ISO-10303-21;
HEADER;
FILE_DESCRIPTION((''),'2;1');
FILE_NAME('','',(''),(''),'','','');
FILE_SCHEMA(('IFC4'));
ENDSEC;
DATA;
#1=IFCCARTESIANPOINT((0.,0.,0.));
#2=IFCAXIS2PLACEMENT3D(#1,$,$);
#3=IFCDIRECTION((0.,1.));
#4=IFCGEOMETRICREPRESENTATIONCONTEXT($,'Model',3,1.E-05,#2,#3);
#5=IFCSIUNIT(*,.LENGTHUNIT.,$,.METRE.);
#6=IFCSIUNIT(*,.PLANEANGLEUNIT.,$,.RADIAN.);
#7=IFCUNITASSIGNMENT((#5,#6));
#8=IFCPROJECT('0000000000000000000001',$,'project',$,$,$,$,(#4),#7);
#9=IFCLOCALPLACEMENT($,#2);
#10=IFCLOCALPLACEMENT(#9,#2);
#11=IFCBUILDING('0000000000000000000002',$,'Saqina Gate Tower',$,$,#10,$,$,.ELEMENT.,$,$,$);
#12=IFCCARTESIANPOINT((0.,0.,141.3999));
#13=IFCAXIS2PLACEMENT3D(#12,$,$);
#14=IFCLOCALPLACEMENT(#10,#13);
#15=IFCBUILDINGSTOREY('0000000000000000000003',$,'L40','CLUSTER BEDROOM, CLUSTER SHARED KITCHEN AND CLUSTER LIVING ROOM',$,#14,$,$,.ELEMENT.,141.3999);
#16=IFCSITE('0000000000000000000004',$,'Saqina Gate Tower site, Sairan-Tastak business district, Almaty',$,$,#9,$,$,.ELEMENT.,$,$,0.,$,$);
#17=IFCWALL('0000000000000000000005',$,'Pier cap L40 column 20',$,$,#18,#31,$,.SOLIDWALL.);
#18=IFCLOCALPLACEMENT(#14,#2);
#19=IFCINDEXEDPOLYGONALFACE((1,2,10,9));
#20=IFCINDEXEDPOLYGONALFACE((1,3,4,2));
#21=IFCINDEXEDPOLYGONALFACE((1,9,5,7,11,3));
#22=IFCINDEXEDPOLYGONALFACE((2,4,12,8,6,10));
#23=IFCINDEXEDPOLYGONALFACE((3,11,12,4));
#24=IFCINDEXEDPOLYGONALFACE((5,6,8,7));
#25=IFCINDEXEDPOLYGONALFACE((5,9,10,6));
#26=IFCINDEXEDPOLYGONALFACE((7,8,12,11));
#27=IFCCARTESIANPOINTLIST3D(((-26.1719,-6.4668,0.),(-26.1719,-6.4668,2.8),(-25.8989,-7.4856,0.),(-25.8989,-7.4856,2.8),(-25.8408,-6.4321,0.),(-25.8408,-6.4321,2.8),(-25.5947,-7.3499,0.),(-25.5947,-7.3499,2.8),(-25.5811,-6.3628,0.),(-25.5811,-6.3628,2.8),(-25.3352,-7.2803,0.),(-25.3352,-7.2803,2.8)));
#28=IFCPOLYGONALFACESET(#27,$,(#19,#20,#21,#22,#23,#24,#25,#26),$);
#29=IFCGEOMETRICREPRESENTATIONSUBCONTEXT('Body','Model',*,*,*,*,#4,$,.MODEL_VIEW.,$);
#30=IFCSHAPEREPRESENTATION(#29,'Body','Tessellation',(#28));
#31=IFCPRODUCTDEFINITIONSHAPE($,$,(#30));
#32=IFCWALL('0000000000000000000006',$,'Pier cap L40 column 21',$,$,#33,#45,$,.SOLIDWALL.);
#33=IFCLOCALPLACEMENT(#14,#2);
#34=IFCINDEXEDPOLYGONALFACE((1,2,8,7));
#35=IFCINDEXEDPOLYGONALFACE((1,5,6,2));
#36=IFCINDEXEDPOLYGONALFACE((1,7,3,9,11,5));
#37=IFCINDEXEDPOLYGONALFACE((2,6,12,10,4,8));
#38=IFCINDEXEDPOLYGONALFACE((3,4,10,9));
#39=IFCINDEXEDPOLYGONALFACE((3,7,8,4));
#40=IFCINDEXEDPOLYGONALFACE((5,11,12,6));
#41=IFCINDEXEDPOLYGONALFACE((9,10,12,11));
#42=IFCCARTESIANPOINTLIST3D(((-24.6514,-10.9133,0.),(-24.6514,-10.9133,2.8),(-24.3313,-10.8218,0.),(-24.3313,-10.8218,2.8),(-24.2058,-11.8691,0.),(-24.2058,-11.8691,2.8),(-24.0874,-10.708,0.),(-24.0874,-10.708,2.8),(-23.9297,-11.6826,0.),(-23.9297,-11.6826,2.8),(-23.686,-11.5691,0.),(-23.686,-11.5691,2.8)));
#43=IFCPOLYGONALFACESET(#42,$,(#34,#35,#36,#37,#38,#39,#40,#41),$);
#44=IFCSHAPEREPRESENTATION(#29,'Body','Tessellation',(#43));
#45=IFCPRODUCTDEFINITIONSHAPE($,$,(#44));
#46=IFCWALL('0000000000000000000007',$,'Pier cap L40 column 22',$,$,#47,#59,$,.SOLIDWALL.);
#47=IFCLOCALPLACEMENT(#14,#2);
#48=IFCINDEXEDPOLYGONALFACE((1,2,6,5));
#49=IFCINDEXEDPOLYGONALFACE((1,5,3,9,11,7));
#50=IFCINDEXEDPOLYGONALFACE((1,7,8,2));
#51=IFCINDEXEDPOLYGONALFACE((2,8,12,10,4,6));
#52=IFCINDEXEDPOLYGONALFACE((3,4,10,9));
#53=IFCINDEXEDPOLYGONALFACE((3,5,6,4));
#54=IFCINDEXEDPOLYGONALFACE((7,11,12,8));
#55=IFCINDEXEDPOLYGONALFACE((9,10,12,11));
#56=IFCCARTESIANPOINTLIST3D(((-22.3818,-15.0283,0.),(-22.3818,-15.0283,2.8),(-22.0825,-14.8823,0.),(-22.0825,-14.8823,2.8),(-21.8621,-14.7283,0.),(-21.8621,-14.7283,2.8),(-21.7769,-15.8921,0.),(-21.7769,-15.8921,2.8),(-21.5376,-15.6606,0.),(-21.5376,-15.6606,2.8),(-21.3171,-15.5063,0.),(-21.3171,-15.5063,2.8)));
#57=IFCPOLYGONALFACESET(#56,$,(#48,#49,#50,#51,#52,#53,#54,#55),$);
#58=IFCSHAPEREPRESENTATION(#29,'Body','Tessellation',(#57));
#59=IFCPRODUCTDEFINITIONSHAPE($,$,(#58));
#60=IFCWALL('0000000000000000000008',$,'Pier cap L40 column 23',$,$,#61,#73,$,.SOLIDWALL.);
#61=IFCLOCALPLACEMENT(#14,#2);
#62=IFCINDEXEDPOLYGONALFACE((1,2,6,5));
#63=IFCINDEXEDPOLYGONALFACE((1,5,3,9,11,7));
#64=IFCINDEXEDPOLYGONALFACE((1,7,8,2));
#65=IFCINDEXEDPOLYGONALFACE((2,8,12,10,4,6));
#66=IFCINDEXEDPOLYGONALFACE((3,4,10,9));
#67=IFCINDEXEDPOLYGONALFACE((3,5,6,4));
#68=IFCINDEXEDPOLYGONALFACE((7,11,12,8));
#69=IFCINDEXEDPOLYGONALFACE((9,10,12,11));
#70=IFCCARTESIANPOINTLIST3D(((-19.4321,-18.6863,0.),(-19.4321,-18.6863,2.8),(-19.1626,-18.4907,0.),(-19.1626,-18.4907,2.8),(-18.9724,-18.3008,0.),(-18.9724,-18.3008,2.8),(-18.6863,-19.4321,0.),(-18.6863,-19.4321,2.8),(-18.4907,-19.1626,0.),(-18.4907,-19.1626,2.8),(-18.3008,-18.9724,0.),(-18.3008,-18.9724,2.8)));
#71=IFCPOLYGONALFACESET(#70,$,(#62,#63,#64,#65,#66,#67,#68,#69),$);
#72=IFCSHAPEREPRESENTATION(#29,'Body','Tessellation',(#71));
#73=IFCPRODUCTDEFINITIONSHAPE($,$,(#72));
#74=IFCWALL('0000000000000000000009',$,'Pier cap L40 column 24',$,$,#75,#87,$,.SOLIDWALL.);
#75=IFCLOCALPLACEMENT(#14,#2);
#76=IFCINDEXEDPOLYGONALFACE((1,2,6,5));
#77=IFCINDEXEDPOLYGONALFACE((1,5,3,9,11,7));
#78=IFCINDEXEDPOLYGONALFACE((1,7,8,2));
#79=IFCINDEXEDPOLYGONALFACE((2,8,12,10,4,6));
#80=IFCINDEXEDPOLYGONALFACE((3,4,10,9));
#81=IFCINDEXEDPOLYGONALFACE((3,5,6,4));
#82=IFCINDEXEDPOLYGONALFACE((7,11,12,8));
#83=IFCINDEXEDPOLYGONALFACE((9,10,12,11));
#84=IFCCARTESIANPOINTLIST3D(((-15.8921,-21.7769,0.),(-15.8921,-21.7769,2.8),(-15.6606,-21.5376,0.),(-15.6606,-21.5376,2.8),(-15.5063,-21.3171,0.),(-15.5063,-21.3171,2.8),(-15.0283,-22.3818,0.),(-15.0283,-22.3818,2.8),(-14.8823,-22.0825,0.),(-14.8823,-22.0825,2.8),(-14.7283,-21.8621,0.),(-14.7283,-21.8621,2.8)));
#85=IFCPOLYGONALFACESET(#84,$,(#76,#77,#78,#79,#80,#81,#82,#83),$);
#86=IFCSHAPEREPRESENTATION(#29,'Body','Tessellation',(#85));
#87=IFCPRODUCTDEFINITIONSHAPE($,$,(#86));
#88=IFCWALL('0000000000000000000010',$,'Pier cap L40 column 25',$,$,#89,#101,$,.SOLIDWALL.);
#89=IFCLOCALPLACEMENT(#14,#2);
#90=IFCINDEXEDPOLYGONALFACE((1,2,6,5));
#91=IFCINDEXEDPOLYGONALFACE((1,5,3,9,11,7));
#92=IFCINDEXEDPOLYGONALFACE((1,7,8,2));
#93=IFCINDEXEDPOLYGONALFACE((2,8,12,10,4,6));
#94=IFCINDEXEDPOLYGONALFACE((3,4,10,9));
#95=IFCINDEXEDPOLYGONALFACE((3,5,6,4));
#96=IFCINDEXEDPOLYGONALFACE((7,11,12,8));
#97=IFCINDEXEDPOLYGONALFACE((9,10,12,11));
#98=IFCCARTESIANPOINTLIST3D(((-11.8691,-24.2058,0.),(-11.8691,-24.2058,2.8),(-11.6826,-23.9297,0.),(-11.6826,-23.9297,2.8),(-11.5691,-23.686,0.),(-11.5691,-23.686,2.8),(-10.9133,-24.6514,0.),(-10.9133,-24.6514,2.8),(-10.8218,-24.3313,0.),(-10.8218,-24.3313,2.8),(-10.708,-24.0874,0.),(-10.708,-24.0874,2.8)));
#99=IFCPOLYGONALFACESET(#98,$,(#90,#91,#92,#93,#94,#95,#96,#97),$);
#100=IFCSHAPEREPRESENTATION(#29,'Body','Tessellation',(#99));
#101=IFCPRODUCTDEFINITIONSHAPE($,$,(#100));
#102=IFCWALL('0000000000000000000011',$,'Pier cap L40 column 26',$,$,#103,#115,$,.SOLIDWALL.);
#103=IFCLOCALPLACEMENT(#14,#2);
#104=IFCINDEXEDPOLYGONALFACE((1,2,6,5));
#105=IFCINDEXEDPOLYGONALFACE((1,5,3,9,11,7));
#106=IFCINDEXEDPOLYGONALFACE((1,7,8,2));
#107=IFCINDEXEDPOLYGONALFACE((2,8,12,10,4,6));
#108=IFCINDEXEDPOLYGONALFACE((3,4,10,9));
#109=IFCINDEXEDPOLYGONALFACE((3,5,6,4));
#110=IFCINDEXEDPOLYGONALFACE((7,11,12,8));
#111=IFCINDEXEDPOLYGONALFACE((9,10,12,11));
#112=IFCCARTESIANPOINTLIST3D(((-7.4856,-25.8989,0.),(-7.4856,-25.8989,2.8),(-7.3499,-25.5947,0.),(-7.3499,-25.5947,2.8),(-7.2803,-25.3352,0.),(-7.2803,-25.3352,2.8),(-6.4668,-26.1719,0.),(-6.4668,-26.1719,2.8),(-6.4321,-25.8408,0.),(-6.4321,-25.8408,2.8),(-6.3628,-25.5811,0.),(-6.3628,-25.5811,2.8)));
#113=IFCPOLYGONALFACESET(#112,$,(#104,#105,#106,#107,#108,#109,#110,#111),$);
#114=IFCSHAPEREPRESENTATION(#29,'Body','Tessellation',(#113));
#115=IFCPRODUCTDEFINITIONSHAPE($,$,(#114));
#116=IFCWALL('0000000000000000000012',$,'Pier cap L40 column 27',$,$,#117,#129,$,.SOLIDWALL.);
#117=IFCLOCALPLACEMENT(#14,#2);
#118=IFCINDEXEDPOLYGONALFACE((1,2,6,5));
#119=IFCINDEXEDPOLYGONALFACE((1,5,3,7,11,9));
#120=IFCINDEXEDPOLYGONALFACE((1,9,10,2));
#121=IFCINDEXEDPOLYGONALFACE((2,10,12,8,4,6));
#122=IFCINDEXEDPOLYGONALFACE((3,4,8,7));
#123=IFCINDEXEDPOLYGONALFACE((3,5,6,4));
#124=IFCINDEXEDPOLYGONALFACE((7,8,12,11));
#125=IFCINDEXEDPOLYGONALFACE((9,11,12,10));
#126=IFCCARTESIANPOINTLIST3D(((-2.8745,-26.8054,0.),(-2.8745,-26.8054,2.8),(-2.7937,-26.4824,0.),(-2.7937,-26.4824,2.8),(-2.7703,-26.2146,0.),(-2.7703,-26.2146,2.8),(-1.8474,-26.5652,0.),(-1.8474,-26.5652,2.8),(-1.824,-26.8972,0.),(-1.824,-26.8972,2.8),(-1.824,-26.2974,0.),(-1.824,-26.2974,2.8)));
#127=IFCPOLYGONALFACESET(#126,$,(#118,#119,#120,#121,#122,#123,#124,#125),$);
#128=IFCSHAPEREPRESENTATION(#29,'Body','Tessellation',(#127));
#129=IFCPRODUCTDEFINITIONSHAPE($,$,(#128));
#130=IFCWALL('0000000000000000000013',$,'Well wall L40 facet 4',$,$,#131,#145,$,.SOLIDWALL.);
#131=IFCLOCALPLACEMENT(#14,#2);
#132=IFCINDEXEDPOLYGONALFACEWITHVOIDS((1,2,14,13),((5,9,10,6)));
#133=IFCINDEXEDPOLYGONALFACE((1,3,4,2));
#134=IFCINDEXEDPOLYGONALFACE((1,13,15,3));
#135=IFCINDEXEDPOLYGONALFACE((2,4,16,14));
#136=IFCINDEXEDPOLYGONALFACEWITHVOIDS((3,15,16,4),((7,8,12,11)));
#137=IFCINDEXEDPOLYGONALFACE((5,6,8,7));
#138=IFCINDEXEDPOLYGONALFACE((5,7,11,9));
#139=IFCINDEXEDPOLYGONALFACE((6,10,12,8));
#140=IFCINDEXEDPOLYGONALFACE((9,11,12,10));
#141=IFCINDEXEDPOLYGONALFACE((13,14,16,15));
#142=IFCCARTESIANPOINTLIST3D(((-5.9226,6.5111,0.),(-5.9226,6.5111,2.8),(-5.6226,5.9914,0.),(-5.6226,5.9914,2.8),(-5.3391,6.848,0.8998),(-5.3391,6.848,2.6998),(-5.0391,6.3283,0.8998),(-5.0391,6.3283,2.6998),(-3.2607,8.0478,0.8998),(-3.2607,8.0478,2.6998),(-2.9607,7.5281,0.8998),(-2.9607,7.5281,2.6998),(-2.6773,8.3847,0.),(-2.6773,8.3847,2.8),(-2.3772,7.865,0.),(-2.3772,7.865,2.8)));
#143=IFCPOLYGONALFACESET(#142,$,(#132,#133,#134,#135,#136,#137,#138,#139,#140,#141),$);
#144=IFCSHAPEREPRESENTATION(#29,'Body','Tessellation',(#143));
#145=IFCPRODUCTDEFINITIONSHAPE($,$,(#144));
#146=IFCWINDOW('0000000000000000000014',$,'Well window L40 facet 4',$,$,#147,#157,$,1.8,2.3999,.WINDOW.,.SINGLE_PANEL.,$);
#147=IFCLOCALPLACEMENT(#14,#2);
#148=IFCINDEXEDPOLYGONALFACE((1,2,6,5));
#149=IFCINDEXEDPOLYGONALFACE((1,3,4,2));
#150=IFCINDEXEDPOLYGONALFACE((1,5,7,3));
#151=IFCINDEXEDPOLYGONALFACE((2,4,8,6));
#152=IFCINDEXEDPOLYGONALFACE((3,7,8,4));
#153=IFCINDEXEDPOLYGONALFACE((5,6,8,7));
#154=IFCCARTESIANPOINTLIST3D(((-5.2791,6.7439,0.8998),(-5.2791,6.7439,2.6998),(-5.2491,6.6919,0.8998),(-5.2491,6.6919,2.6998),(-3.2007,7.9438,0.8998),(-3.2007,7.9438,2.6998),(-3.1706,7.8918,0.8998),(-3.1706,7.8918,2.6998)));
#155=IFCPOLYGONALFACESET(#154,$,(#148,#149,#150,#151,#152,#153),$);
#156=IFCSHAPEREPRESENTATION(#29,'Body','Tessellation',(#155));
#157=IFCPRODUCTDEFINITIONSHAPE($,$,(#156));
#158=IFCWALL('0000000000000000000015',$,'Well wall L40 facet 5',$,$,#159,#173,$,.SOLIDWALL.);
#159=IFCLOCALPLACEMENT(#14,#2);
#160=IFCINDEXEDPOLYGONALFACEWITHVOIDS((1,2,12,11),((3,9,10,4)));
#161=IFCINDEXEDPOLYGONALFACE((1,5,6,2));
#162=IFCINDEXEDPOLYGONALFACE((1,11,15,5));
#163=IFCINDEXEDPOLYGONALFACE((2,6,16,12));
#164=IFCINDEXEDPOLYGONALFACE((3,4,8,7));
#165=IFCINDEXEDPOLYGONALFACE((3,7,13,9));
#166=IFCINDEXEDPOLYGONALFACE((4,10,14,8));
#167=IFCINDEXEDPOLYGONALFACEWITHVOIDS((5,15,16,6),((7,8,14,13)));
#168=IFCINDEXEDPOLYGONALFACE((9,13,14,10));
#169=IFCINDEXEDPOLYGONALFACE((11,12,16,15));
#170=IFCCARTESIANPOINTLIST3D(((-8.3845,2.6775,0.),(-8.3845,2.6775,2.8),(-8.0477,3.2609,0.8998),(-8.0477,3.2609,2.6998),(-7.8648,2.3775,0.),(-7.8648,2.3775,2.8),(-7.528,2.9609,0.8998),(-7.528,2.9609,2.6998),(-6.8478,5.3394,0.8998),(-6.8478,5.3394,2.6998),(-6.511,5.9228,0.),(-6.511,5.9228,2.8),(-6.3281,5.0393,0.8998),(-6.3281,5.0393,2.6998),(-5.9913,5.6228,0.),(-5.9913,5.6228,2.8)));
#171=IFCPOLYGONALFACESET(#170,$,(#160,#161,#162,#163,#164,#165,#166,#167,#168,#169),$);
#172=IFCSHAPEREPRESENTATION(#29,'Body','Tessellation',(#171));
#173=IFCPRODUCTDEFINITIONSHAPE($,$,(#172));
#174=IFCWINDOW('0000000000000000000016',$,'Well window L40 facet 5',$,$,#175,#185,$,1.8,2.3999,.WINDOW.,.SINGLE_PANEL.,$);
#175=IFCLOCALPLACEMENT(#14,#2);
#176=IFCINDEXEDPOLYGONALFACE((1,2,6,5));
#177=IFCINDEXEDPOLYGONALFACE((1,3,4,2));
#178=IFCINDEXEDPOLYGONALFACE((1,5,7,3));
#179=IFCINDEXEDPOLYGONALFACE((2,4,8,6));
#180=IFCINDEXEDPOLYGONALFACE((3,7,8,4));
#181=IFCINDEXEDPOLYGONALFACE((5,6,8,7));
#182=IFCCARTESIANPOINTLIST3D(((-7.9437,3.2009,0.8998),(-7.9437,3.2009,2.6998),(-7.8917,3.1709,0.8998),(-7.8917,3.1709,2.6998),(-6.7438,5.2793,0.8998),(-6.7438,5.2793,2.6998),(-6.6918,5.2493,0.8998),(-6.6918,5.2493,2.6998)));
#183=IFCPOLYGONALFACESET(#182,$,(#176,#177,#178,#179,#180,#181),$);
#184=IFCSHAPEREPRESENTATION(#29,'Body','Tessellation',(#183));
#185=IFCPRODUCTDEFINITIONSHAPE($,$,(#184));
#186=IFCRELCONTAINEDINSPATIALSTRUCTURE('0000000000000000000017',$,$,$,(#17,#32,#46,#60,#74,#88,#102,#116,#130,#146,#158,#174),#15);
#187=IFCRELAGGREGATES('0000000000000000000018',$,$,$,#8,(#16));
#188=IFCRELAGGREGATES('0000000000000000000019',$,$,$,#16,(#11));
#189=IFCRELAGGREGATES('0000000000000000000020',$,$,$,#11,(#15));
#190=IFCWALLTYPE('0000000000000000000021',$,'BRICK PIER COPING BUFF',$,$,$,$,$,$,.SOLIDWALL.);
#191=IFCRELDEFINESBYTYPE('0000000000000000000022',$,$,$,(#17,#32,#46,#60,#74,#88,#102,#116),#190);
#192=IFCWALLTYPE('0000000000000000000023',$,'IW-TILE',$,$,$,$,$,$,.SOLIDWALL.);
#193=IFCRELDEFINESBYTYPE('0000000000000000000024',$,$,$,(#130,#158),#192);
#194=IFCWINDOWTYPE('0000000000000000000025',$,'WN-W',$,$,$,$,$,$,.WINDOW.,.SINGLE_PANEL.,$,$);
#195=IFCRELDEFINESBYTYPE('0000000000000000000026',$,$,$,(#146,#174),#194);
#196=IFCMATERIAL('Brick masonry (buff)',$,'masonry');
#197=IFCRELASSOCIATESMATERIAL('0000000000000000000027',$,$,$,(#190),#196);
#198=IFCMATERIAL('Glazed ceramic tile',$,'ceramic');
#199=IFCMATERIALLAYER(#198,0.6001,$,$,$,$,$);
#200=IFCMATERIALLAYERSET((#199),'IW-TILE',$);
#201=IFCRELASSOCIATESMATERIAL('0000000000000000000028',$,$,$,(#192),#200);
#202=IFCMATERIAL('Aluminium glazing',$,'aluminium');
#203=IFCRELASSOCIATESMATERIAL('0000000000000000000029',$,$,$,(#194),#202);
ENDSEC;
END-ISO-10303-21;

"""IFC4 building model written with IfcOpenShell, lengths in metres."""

from ifc_helpers import new_model, si_unit, direction, frame, frame_2d, origin, place, context, subcontext, project, spatial, polyline, rectangle, outline, extrude, material, layer, layer_set, type_object, element, fill, save


model = new_model("IFC4")

# Units and contexts
model_context = context("Model", 3, precision=1e-05, world=origin(), true_north=direction((0.0, 1.0)))
body_context = subcontext(model_context, "Body", "Model", "MODEL_VIEW")
ifc_project = project(units=[si_unit("LENGTHUNIT", "METRE"), si_unit("PLANEANGLEUNIT", "RADIAN")], contexts=[model_context])

# Site, building, storey
site_placement = place(None, origin())
site = spatial("IfcSite", under=ifc_project, at=site_placement, Name="Saqina Gate Tower site, Sairan-Tastak business district, Almaty", CompositionType="ELEMENT", RefElevation=0.0)
building_placement = place(site_placement, origin())
building = spatial("IfcBuilding", under=site, at=building_placement, Name="Saqina Gate Tower", CompositionType="ELEMENT")
storey_placement = place(building_placement, frame((0.0, 0.0, 141.3999)))
storey = spatial("IfcBuildingStorey", under=building, at=storey_placement, Name="L40", Description="CLUSTER BEDROOM, CLUSTER SHARED KITCHEN AND CLUSTER LIVING ROOM", CompositionType="ELEMENT", Elevation=141.3999)

# Walls
ifc_material_1 = material(Name="Brick masonry (buff)", Category="masonry")
wall_type_1 = type_object("IfcWallType", Name="BRICK PIER COPING BUFF", PredefinedType="SOLIDWALL", material=ifc_material_1)
wall_1_placement = place(storey_placement, origin())
element("IfcWall", 1, at=wall_1_placement, inside=storey, type_object=wall_type_1, Name="Pier cap L40 column 20", PredefinedType="SOLIDWALL", context=body_context, shape_type="SweptSolid", body=[
    extrude(outline(polyline([(-26.1719, -6.4668), (-25.8989, -7.4856), (-25.3352, -7.2803), (-25.5947, -7.3499), (-25.8408, -6.4321), (-25.5811, -6.3628), (-26.1719, -6.4668)])), origin(), (0.0, 0.0, 1.0), 2.8),
])
wall_2_placement = place(storey_placement, origin())
element("IfcWall", 2, at=wall_2_placement, inside=storey, type_object=wall_type_1, Name="Pier cap L40 column 21", PredefinedType="SOLIDWALL", context=body_context, shape_type="SweptSolid", body=[
    extrude(outline(polyline([(-24.6514, -10.9133), (-24.2058, -11.8691), (-23.686, -11.5691), (-23.9297, -11.6826), (-24.3313, -10.8218), (-24.0874, -10.708), (-24.6514, -10.9133)])), origin(), (0.0, 0.0, 1.0), 2.8),
])
wall_3_placement = place(storey_placement, origin())
element("IfcWall", 3, at=wall_3_placement, inside=storey, type_object=wall_type_1, Name="Pier cap L40 column 22", PredefinedType="SOLIDWALL", context=body_context, shape_type="SweptSolid", body=[
    extrude(outline(polyline([(-21.7769, -15.8921), (-21.3171, -15.5063), (-21.5376, -15.6606), (-22.0825, -14.8823), (-21.8621, -14.7283), (-22.3818, -15.0283), (-21.7769, -15.8921)])), origin(), (0.0, 0.0, 1.0), 2.8),
])
wall_4_placement = place(storey_placement, origin())
element("IfcWall", 4, at=wall_4_placement, inside=storey, type_object=wall_type_1, Name="Pier cap L40 column 23", PredefinedType="SOLIDWALL", context=body_context, shape_type="SweptSolid", body=[
    extrude(outline(polyline([(-19.4321, -18.6863), (-18.6863, -19.4321), (-18.3008, -18.9724), (-18.4907, -19.1626), (-19.1626, -18.4907), (-18.9724, -18.3008), (-19.4321, -18.6863)])), origin(), (0.0, 0.0, 1.0), 2.8),
])
wall_5_placement = place(storey_placement, origin())
element("IfcWall", 5, at=wall_5_placement, inside=storey, type_object=wall_type_1, Name="Pier cap L40 column 24", PredefinedType="SOLIDWALL", context=body_context, shape_type="SweptSolid", body=[
    extrude(outline(polyline([(-15.0283, -22.3818), (-14.7283, -21.8621), (-14.8823, -22.0825), (-15.6606, -21.5376), (-15.5063, -21.3171), (-15.8921, -21.7769), (-15.0283, -22.3818)])), origin(), (0.0, 0.0, 1.0), 2.8),
])
wall_6_placement = place(storey_placement, origin())
element("IfcWall", 6, at=wall_6_placement, inside=storey, type_object=wall_type_1, Name="Pier cap L40 column 25", PredefinedType="SOLIDWALL", context=body_context, shape_type="SweptSolid", body=[
    extrude(outline(polyline([(-10.9133, -24.6514), (-10.708, -24.0874), (-10.8218, -24.3313), (-11.6826, -23.9297), (-11.5691, -23.686), (-11.8691, -24.2058), (-10.9133, -24.6514)])), origin(), (0.0, 0.0, 1.0), 2.8),
])
wall_7_placement = place(storey_placement, origin())
element("IfcWall", 7, at=wall_7_placement, inside=storey, type_object=wall_type_1, Name="Pier cap L40 column 26", PredefinedType="SOLIDWALL", context=body_context, shape_type="SweptSolid", body=[
    extrude(outline(polyline([(-7.4856, -25.8989), (-6.4668, -26.1719), (-6.3628, -25.5811), (-6.4321, -25.8408), (-7.3499, -25.5947), (-7.2803, -25.3352), (-7.4856, -25.8989)])), origin(), (0.0, 0.0, 1.0), 2.8),
])
wall_8_placement = place(storey_placement, origin())
element("IfcWall", 8, at=wall_8_placement, inside=storey, type_object=wall_type_1, Name="Pier cap L40 column 27", PredefinedType="SOLIDWALL", context=body_context, shape_type="SweptSolid", body=[
    extrude(outline(polyline([(-2.8745, -26.8054), (-1.824, -26.8972), (-1.824, -26.2974), (-1.8474, -26.5652), (-2.7937, -26.4824), (-2.7703, -26.2146), (-2.8745, -26.8054)])), origin(), (0.0, 0.0, 1.0), 2.8),
])

# Walls, openings, windows
ifc_material_2 = material(Name="Glazed ceramic tile", Category="ceramic")
ifc_layer_1 = layer(ifc_material_2, 0.6001)
ifc_layer_set_1 = layer_set([ifc_layer_1], Name="IW-TILE")
wall_type_2 = type_object("IfcWallType", Name="IW-TILE", PredefinedType="SOLIDWALL", material=ifc_layer_set_1)
wall_9_placement = place(storey_placement, frame((-2.5273, 8.1248, 0.0), z_axis=(0.0, 0.0, 1.0), x_axis=(-0.866046, -0.499965, 0.0)))
wall_9 = element("IfcWall", 9, at=wall_9_placement, inside=storey, type_object=wall_type_2, Name="Well wall L40 facet 4", PredefinedType="SOLIDWALL", context=body_context, shape_type="SweptSolid", body=[
    extrude(rectangle(XDim=3.7473, YDim=0.6001, at=frame_2d((1.8735, 0.0))), origin(), (0.0, 0.0, 1.0), 2.8),
])
opening_1_placement = place(wall_9_placement, frame((0.6736, 0.0, 0.8999)))
opening_1 = element("IfcOpeningElement", 10, at=opening_1_placement, cuts=wall_9, PredefinedType="OPENING", context=body_context, shape_type="SweptSolid", body=[
    extrude(rectangle(XDim=2.3999, YDim=1.8, at=frame_2d((1.2, 0.8999))), frame((0.0, 0.312, 0.0), z_axis=(0.0, -1.0, 0.0), x_axis=(1.0, 0.0, 0.0)), (0.0, 0.0, 1.0), 0.624),
])
ifc_material_3 = material(Name="Aluminium glazing", Category="aluminium")
window_type = type_object("IfcWindowType", Name="WN-W", PartitioningType="SINGLE_PANEL", PredefinedType="WINDOW", material=ifc_material_3)
window_1_placement = place(opening_1_placement, origin())
window_1 = element("IfcWindow", 11, at=window_1_placement, inside=storey, type_object=window_type, Name="Well window L40 facet 4", OverallHeight=1.8, OverallWidth=2.3999, PartitioningType="SINGLE_PANEL", PredefinedType="WINDOW", context=body_context, shape_type="SweptSolid", body=[
    extrude(rectangle(XDim=2.3999, YDim=1.8, at=frame_2d((1.2, 0.8999))), frame((0.0, -0.1199, 0.0), z_axis=(0.0, -1.0, 0.0), x_axis=(1.0, 0.0, 0.0)), (0.0, 0.0, 1.0), 0.0601),
])
fill(opening_1, window_1)
wall_10_placement = place(storey_placement, frame((-6.2512, 5.7727, 0.0), z_axis=(0.0, 0.0, 1.0), x_axis=(-0.499965, -0.866046, 0.0)))
wall_10 = element("IfcWall", 12, at=wall_10_placement, inside=storey, type_object=wall_type_2, Name="Well wall L40 facet 5", PredefinedType="SOLIDWALL", context=body_context, shape_type="SweptSolid", body=[
    extrude(rectangle(XDim=3.7473, YDim=0.6001, at=frame_2d((1.8735, 0.0))), origin(), (0.0, 0.0, 1.0), 2.8),
])
opening_2_placement = place(wall_10_placement, frame((0.6736, 0.0, 0.8999)))
opening_2 = element("IfcOpeningElement", 13, at=opening_2_placement, cuts=wall_10, PredefinedType="OPENING", context=body_context, shape_type="SweptSolid", body=[
    extrude(rectangle(XDim=2.3999, YDim=1.8, at=frame_2d((1.2, 0.8999))), frame((0.0, 0.312, 0.0), z_axis=(0.0, -1.0, 0.0), x_axis=(1.0, 0.0, 0.0)), (0.0, 0.0, 1.0), 0.624),
])
window_2_placement = place(opening_2_placement, origin())
window_2 = element("IfcWindow", 14, at=window_2_placement, inside=storey, type_object=window_type, Name="Well window L40 facet 5", OverallHeight=1.8, OverallWidth=2.3999, PartitioningType="SINGLE_PANEL", PredefinedType="WINDOW", context=body_context, shape_type="SweptSolid", body=[
    extrude(rectangle(XDim=2.3999, YDim=1.8, at=frame_2d((1.2, 0.8999))), frame((0.0, -0.1199, 0.0), z_axis=(0.0, -1.0, 0.0), x_axis=(1.0, 0.0, 0.0)), (0.0, 0.0, 1.0), 0.0601),
])
fill(opening_2, window_2)

save(model, "model.ifc")
